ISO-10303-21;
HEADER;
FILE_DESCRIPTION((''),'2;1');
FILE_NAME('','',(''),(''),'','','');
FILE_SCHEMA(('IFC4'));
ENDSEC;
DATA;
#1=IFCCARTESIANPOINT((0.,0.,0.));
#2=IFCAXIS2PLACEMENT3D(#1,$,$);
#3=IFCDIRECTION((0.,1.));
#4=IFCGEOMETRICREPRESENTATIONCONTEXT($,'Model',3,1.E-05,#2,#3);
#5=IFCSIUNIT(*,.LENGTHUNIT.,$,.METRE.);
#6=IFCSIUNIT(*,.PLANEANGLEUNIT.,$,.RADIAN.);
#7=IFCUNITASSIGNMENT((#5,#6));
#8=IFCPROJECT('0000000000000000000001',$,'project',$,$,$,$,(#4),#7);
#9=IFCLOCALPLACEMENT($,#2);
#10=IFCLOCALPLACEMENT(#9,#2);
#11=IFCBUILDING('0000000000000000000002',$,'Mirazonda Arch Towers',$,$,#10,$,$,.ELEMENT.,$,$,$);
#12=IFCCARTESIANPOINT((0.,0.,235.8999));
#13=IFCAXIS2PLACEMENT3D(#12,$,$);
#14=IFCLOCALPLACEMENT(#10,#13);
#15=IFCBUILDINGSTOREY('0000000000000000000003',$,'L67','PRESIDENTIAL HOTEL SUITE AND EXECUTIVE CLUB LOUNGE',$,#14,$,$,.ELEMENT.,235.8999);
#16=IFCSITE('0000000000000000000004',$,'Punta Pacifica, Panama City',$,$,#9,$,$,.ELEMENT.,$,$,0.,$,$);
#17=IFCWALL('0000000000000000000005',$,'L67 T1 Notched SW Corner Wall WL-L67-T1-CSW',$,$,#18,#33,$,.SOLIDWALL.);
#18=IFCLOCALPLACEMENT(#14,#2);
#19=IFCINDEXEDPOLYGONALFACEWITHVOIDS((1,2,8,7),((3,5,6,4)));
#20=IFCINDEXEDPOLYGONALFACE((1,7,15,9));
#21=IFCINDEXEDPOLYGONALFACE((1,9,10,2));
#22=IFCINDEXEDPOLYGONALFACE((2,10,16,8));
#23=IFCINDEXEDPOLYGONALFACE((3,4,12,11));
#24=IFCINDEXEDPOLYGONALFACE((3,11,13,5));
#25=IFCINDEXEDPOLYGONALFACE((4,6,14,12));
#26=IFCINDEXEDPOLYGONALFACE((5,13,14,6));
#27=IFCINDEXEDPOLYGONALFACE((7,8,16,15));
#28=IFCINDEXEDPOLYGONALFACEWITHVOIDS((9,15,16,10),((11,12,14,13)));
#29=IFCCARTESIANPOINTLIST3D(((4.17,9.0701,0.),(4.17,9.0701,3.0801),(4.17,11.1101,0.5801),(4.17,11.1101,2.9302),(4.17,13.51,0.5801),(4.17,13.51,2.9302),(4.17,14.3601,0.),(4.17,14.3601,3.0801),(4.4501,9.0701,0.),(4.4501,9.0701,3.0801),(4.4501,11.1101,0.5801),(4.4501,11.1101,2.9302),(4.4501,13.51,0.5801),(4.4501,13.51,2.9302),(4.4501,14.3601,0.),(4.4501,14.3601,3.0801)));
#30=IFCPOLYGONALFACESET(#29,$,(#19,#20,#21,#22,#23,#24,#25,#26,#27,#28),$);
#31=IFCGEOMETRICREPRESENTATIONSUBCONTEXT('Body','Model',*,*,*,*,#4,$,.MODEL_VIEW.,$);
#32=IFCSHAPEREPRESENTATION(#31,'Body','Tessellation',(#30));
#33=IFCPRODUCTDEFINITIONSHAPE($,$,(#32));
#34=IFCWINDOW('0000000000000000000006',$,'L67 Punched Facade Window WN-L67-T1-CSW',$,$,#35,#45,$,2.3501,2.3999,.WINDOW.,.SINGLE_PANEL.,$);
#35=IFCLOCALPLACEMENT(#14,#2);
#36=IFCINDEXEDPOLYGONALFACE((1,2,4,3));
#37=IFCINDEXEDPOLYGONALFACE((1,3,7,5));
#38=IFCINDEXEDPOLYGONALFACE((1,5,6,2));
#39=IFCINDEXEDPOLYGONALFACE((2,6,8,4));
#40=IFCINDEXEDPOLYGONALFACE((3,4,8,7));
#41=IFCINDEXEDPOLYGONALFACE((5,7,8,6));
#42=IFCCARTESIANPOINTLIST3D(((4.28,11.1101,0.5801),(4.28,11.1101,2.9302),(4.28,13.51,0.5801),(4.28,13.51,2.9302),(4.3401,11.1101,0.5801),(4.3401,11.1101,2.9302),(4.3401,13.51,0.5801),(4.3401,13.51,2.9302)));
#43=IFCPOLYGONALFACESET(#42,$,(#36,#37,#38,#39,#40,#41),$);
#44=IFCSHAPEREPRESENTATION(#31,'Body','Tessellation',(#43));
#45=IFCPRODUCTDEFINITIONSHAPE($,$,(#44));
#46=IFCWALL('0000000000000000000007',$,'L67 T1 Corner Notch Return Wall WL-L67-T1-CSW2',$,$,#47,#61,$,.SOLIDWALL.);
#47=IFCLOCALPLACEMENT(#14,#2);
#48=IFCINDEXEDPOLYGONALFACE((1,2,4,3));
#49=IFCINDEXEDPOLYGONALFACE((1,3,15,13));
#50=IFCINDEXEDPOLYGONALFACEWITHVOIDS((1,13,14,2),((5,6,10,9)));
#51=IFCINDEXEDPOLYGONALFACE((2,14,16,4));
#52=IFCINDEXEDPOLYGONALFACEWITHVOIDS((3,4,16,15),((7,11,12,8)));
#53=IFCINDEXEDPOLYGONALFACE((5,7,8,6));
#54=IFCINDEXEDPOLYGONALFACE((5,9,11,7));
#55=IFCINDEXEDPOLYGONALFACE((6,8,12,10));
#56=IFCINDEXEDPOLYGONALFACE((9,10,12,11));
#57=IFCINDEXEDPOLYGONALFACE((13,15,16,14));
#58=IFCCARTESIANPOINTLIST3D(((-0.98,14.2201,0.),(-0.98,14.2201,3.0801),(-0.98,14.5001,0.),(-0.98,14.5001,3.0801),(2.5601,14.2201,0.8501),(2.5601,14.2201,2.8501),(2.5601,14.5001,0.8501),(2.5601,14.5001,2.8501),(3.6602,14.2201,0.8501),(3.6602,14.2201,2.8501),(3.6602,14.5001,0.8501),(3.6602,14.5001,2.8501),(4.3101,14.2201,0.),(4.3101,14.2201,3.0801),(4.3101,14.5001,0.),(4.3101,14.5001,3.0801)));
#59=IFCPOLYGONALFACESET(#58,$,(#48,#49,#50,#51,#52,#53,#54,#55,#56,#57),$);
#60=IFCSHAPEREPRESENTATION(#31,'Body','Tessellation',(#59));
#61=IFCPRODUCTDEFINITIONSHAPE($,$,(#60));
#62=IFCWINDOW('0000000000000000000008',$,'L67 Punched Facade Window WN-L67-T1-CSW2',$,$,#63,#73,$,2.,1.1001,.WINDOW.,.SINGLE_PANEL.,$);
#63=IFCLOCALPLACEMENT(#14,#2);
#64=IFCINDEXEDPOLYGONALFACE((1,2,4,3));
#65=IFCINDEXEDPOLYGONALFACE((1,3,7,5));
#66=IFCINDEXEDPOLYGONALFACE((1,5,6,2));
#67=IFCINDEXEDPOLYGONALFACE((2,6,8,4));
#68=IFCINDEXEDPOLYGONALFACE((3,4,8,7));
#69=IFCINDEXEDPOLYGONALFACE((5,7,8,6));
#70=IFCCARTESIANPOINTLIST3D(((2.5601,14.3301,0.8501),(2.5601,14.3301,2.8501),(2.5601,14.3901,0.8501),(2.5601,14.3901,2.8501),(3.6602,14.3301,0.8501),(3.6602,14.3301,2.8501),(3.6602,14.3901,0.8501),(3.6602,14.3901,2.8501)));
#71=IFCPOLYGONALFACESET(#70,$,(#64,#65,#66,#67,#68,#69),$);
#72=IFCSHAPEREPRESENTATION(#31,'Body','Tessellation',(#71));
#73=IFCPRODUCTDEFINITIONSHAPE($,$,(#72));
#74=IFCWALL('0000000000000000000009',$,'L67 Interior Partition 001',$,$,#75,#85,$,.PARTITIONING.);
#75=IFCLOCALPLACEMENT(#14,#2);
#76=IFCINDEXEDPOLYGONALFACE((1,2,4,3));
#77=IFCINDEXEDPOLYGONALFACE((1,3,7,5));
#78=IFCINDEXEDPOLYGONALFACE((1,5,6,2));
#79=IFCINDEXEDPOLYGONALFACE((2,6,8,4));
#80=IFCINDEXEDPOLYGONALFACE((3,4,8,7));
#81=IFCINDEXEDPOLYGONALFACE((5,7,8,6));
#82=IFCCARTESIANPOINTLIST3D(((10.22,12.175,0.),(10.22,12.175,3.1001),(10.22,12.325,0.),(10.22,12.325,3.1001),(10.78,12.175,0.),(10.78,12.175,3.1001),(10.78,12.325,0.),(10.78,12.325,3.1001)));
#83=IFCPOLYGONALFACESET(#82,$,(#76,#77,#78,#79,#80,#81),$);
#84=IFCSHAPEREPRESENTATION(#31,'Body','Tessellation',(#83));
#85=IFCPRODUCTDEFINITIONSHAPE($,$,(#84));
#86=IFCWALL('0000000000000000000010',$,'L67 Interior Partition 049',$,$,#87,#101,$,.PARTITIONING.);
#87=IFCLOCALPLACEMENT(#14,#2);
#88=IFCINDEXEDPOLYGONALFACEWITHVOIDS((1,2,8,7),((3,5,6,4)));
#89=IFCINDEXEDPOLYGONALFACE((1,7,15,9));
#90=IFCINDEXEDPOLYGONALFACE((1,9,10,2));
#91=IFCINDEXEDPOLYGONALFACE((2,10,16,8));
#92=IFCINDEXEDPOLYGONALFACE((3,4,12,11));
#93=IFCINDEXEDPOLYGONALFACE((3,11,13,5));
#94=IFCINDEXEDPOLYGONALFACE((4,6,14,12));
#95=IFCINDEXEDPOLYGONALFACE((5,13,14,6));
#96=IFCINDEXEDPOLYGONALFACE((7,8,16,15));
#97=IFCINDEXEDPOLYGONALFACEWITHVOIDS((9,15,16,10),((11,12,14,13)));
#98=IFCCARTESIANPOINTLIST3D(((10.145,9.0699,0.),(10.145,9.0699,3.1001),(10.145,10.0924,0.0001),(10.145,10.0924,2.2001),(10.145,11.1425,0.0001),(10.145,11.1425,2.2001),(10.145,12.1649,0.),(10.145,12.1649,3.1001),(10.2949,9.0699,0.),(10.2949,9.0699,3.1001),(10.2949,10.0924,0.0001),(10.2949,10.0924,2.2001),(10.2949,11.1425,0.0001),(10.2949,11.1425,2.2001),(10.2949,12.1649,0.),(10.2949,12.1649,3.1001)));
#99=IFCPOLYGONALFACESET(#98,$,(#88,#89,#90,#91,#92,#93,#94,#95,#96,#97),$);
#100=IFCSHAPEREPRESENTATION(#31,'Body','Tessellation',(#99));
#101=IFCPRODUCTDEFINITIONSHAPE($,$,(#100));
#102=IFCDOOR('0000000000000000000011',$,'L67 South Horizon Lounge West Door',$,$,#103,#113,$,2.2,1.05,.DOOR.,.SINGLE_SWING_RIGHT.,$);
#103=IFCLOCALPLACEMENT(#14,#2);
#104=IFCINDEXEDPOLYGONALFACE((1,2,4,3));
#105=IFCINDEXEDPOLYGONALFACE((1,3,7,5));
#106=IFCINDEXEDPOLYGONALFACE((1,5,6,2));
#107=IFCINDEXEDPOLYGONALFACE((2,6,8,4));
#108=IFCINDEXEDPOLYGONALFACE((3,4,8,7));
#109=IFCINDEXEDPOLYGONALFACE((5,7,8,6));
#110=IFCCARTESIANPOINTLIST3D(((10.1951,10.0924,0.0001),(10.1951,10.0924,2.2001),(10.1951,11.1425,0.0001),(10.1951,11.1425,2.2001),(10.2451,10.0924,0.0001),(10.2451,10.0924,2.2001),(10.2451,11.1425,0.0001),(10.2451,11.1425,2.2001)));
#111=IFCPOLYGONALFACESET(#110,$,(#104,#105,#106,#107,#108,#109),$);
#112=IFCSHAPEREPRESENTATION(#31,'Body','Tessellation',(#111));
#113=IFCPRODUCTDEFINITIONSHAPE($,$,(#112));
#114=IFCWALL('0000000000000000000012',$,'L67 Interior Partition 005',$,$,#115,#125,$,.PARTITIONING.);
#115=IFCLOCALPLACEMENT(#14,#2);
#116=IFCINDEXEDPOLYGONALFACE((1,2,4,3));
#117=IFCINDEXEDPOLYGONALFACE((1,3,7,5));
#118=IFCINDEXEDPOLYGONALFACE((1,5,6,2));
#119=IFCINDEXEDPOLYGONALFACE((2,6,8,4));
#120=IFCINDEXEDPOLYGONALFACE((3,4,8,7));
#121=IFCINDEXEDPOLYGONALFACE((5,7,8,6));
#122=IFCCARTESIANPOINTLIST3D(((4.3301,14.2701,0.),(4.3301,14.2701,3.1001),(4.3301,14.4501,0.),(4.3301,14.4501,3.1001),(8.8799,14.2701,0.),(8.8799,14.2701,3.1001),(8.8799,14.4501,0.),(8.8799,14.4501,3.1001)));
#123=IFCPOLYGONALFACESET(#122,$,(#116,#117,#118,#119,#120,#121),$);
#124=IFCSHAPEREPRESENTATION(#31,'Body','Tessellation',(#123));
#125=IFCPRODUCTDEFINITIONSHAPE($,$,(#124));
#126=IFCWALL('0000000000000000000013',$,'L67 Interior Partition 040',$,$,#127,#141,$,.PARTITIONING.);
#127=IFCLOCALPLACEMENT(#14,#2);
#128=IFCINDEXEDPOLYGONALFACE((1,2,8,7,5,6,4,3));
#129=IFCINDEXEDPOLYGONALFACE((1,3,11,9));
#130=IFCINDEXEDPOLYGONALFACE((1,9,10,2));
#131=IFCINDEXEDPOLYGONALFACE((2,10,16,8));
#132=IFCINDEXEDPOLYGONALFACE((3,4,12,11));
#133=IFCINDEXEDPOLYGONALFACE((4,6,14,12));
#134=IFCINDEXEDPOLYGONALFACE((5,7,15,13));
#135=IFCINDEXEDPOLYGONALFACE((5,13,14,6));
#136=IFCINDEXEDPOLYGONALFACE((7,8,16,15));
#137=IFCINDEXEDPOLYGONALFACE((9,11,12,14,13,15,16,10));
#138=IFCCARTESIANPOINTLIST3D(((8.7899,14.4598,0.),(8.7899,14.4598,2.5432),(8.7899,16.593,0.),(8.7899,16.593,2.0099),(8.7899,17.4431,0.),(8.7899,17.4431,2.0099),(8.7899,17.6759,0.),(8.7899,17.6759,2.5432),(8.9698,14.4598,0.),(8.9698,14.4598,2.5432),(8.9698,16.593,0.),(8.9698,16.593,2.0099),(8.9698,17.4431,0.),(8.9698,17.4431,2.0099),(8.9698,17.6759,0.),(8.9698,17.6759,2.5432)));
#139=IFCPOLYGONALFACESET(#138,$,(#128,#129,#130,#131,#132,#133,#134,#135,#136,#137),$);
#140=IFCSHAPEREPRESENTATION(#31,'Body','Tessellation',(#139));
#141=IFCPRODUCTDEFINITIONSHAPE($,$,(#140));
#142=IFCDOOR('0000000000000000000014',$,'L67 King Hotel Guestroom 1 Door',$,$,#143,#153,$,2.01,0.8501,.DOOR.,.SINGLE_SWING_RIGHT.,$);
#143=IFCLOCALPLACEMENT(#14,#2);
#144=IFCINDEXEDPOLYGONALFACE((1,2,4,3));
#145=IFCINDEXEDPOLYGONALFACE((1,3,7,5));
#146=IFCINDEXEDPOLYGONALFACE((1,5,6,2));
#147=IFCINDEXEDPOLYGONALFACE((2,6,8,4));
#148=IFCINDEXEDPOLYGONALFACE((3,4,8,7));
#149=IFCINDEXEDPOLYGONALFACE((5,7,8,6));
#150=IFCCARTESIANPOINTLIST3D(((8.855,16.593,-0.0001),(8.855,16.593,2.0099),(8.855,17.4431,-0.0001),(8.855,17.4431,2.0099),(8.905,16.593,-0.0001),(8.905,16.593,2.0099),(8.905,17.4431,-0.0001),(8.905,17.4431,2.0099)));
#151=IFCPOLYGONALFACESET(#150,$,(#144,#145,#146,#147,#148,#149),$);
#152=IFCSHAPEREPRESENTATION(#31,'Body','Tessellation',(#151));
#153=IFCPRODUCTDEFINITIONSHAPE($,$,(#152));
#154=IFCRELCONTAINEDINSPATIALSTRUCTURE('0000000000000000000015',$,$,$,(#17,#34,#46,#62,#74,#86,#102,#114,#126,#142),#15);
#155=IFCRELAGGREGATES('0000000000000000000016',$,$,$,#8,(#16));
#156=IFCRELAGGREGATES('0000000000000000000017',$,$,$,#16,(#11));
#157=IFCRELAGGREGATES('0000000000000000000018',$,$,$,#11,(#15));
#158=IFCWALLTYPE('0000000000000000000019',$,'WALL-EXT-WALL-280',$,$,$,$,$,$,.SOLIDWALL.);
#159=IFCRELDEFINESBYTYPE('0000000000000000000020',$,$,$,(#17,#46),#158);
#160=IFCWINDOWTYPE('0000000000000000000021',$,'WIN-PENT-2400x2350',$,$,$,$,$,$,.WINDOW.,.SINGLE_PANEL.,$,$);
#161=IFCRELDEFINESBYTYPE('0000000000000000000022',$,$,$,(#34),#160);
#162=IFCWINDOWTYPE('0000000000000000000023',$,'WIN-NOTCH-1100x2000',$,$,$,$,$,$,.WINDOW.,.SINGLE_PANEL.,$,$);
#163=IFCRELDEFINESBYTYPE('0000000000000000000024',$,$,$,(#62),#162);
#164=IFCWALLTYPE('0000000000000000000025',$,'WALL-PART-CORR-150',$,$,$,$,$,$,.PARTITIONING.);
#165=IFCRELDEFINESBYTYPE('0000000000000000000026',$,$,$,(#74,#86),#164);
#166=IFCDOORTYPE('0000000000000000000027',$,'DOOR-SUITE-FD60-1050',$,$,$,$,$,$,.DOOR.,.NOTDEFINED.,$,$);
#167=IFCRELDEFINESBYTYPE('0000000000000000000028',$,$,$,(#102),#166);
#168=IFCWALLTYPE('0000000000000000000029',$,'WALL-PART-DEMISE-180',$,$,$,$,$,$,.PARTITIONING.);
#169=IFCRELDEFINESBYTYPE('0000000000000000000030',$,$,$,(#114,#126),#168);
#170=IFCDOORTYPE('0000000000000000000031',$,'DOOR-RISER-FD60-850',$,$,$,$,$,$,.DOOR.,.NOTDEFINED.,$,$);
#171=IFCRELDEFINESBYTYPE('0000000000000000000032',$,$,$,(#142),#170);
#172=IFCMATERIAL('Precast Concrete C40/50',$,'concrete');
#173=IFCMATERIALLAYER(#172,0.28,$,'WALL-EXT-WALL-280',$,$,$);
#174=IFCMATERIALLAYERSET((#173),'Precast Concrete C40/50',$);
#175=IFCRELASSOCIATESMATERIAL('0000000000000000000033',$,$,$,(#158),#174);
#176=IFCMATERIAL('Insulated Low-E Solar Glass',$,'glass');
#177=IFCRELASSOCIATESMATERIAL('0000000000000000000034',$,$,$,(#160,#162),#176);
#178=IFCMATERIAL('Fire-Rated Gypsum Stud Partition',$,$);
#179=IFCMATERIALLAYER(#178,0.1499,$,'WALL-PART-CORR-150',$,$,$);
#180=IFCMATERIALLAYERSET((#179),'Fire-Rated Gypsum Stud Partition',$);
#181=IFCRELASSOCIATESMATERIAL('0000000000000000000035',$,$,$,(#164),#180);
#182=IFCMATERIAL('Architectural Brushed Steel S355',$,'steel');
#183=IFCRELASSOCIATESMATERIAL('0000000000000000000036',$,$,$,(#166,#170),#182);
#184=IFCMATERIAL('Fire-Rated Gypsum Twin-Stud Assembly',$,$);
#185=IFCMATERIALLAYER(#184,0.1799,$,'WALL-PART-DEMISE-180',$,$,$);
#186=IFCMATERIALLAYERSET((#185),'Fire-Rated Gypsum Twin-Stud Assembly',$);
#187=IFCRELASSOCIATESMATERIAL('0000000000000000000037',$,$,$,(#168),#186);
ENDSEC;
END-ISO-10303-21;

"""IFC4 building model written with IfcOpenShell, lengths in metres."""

from ifc_helpers import new_model, si_unit, direction, frame, frame_2d, origin, place, context, subcontext, project, spatial, rectangle, extrude, material, layer, layer_set, type_object, element, fill, save


model = new_model("IFC4")

# Units and contexts
model_context = context("Model", 3, precision=1e-05, world=origin(), true_north=direction((0.0, 1.0)))
body_context = subcontext(model_context, "Body", "Model", "MODEL_VIEW")
ifc_project = project(units=[si_unit("LENGTHUNIT", "METRE"), si_unit("PLANEANGLEUNIT", "RADIAN")], contexts=[model_context])

# Site, building, storey
site_placement = place(None, origin())
site = spatial("IfcSite", under=ifc_project, at=site_placement, Name="Punta Pacifica, Panama City", CompositionType="ELEMENT", RefElevation=0.0)
building_placement = place(site_placement, origin())
building = spatial("IfcBuilding", under=site, at=building_placement, Name="Mirazonda Arch Towers", CompositionType="ELEMENT")
storey_placement = place(building_placement, frame((0.0, 0.0, 235.8999)))
storey = spatial("IfcBuildingStorey", under=building, at=storey_placement, Name="L67", Description="PRESIDENTIAL HOTEL SUITE AND EXECUTIVE CLUB LOUNGE", CompositionType="ELEMENT", Elevation=235.8999)

# Shared definitions
ifc_material_1 = material(Name="Insulated Low-E Solar Glass", Category="glass")

# Walls, openings, windows
ifc_material_2 = material(Name="Precast Concrete C40/50", Category="concrete")
ifc_layer_1 = layer(ifc_material_2, 0.28, Name="WALL-EXT-WALL-280")
ifc_layer_set_1 = layer_set([ifc_layer_1], Name="Precast Concrete C40/50")
wall_type_1 = type_object("IfcWallType", Name="WALL-EXT-WALL-280", PredefinedType="SOLIDWALL", material=ifc_layer_set_1)
wall_1_placement = place(storey_placement, frame((4.3101, 14.3601, 0.0), z_axis=(0.0, 0.0, 1.0), x_axis=(0.0, -1.0, 0.0)))
wall_1 = element("IfcWall", 1, at=wall_1_placement, inside=storey, type_object=wall_type_1, Name="L67 T1 Notched SW Corner Wall WL-L67-T1-CSW", PredefinedType="SOLIDWALL", context=body_context, shape_type="SweptSolid", body=[
    extrude(rectangle(XDim=5.29, YDim=0.28, at=frame_2d((2.645, 0.0))), origin(), (0.0, 0.0, 1.0), 3.0801),
])
opening_1_placement = place(wall_1_placement, frame((0.8501, 0.0, 0.5801)))
opening_1 = element("IfcOpeningElement", 2, at=opening_1_placement, cuts=wall_1, PredefinedType="OPENING", context=body_context, shape_type="SweptSolid", body=[
    extrude(rectangle(XDim=2.3999, YDim=2.3501, at=frame_2d((1.2, 1.175))), frame((0.0, 0.1499, 0.0), z_axis=(0.0, -1.0, 0.0), x_axis=(1.0, 0.0, 0.0)), (0.0, 0.0, 1.0), 0.3),
])
window_type_1 = type_object("IfcWindowType", Name="WIN-PENT-2400x2350", PartitioningType="SINGLE_PANEL", PredefinedType="WINDOW", material=ifc_material_1)
window_1_placement = place(opening_1_placement, origin())
window_1 = element("IfcWindow", 3, at=window_1_placement, inside=storey, type_object=window_type_1, Name="L67 Punched Facade Window WN-L67-T1-CSW", OverallHeight=2.3501, OverallWidth=2.3999, PartitioningType="SINGLE_PANEL", PredefinedType="WINDOW", context=body_context, shape_type="SweptSolid", body=[
    extrude(rectangle(XDim=2.3999, YDim=2.3501, at=frame_2d((1.2, 1.175))), frame((0.0, 0.03, 0.0), z_axis=(0.0, -1.0, 0.0), x_axis=(1.0, 0.0, 0.0)), (0.0, 0.0, 1.0), 0.0601),
])
fill(opening_1, window_1)
wall_2_placement = place(storey_placement, frame((-0.98, 14.3601, 0.0), z_axis=(0.0, 0.0, 1.0), x_axis=(1.0, 0.0, 0.0)))
wall_2 = element("IfcWall", 4, at=wall_2_placement, inside=storey, type_object=wall_type_1, Name="L67 T1 Corner Notch Return Wall WL-L67-T1-CSW2", PredefinedType="SOLIDWALL", context=body_context, shape_type="SweptSolid", body=[
    extrude(rectangle(XDim=5.29, YDim=0.28, at=frame_2d((2.645, 0.0))), origin(), (0.0, 0.0, 1.0), 3.0801),
])
opening_2_placement = place(wall_2_placement, frame((3.54, 0.0, 0.8501)))
opening_2 = element("IfcOpeningElement", 5, at=opening_2_placement, cuts=wall_2, PredefinedType="OPENING", context=body_context, shape_type="SweptSolid", body=[
    extrude(rectangle(XDim=1.1001, YDim=2.0, at=frame_2d((0.55, 1.0))), frame((0.0, 0.1499, 0.0), z_axis=(0.0, -1.0, 0.0), x_axis=(1.0, 0.0, 0.0)), (0.0, 0.0, 1.0), 0.3),
])
window_type_2 = type_object("IfcWindowType", Name="WIN-NOTCH-1100x2000", PartitioningType="SINGLE_PANEL", PredefinedType="WINDOW", material=ifc_material_1)
window_2_placement = place(opening_2_placement, origin())
window_2 = element("IfcWindow", 6, at=window_2_placement, inside=storey, type_object=window_type_2, Name="L67 Punched Facade Window WN-L67-T1-CSW2", OverallHeight=2.0, OverallWidth=1.1001, PartitioningType="SINGLE_PANEL", PredefinedType="WINDOW", context=body_context, shape_type="SweptSolid", body=[
    extrude(rectangle(XDim=1.1001, YDim=2.0, at=frame_2d((0.55, 1.0))), frame((0.0, 0.03, 0.0), z_axis=(0.0, -1.0, 0.0), x_axis=(1.0, 0.0, 0.0)), (0.0, 0.0, 1.0), 0.0601),
])
fill(opening_2, window_2)

# Wall
ifc_material_3 = material(Name="Fire-Rated Gypsum Stud Partition")
ifc_layer_2 = layer(ifc_material_3, 0.1499, Name="WALL-PART-CORR-150")
ifc_layer_set_2 = layer_set([ifc_layer_2], Name="Fire-Rated Gypsum Stud Partition")
wall_type_2 = type_object("IfcWallType", Name="WALL-PART-CORR-150", PredefinedType="PARTITIONING", material=ifc_layer_set_2)
wall_3_placement = place(storey_placement, frame((10.22, 12.25, 0.0), z_axis=(0.0, 0.0, 1.0), x_axis=(1.0, 0.0, 0.0)))
element("IfcWall", 7, at=wall_3_placement, inside=storey, type_object=wall_type_2, Name="L67 Interior Partition 001", PredefinedType="PARTITIONING", context=body_context, shape_type="SweptSolid", body=[
    extrude(rectangle(XDim=0.5601, YDim=0.1499, at=frame_2d((0.28, 0.0))), origin(), (0.0, 0.0, 1.0), 3.1001),
])

# Wall, opening, door
wall_4_placement = place(storey_placement, frame((10.22, 9.0701, 0.0), z_axis=(0.0, 0.0, 1.0), x_axis=(0.0, 1.0, 0.0)))
wall_4 = element("IfcWall", 8, at=wall_4_placement, inside=storey, type_object=wall_type_2, Name="L67 Interior Partition 049", PredefinedType="PARTITIONING", context=body_context, shape_type="SweptSolid", body=[
    extrude(rectangle(XDim=3.095, YDim=0.1499, at=frame_2d((1.5474, 0.0))), origin(), (0.0, 0.0, 1.0), 3.1001),
])
opening_3_placement = place(wall_4_placement, frame((1.0225, 0.0, 0.0)))
opening_3 = element("IfcOpeningElement", 9, at=opening_3_placement, cuts=wall_4, PredefinedType="OPENING", context=body_context, shape_type="SweptSolid", body=[
    extrude(rectangle(XDim=1.05, YDim=2.2, at=frame_2d((0.5249, 1.1001))), frame((0.0, 0.085, 0.0), z_axis=(0.0, -1.0, 0.0), x_axis=(1.0, 0.0, 0.0)), (0.0, 0.0, 1.0), 0.1699),
])
ifc_material_4 = material(Name="Architectural Brushed Steel S355", Category="steel")
door_type_1 = type_object("IfcDoorType", Name="DOOR-SUITE-FD60-1050", OperationType="NOTDEFINED", PredefinedType="DOOR", material=ifc_material_4)
door_1_placement = place(opening_3_placement, origin())
door_1 = element("IfcDoor", 10, at=door_1_placement, inside=storey, type_object=door_type_1, Name="L67 South Horizon Lounge West Door", OperationType="SINGLE_SWING_RIGHT", OverallHeight=2.2, OverallWidth=1.05, PredefinedType="DOOR", context=body_context, shape_type="SweptSolid", body=[
    extrude(rectangle(XDim=1.05, YDim=2.2, at=frame_2d((0.5249, 1.1001))), frame((0.0, 0.0249, 0.0), z_axis=(0.0, -1.0, 0.0), x_axis=(1.0, 0.0, 0.0)), (0.0, 0.0, 1.0), 0.05),
])
fill(opening_3, door_1)

# Wall
ifc_material_5 = material(Name="Fire-Rated Gypsum Twin-Stud Assembly")
ifc_layer_3 = layer(ifc_material_5, 0.1799, Name="WALL-PART-DEMISE-180")
ifc_layer_set_3 = layer_set([ifc_layer_3], Name="Fire-Rated Gypsum Twin-Stud Assembly")
wall_type_3 = type_object("IfcWallType", Name="WALL-PART-DEMISE-180", PredefinedType="PARTITIONING", material=ifc_layer_set_3)
wall_5_placement = place(storey_placement, frame((4.3301, 14.3601, 0.0), z_axis=(0.0, 0.0, 1.0), x_axis=(1.0, 0.0, 0.0)))
element("IfcWall", 11, at=wall_5_placement, inside=storey, type_object=wall_type_3, Name="L67 Interior Partition 005", PredefinedType="PARTITIONING", context=body_context, shape_type="SweptSolid", body=[
    extrude(rectangle(XDim=4.5498, YDim=0.1799, at=frame_2d((2.2749, 0.0))), origin(), (0.0, 0.0, 1.0), 3.1001),
])

# Wall, opening, door
wall_6_placement = place(storey_placement, frame((8.8799, 14.46, 0.0), z_axis=(0.0, 0.0, 1.0), x_axis=(0.0, 1.0, 0.0)))
wall_6 = element("IfcWall", 12, at=wall_6_placement, inside=storey, type_object=wall_type_3, Name="L67 Interior Partition 040", PredefinedType="PARTITIONING", context=body_context, shape_type="SweptSolid", body=[
    extrude(rectangle(XDim=3.2161, YDim=0.1799, at=frame_2d((1.6079, 0.0))), origin(), (0.0, 0.0, 1.0), 2.5432),
])
opening_4_placement = place(wall_6_placement, frame((2.1331, 0.0, 0.0)))
opening_4 = element("IfcOpeningElement", 13, at=opening_4_placement, cuts=wall_6, PredefinedType="OPENING", context=body_context, shape_type="SweptSolid", body=[
    extrude(rectangle(XDim=0.8501, YDim=2.01, at=frame_2d((0.425, 1.0049))), frame((0.0, 0.0999, 0.0), z_axis=(0.0, -1.0, 0.0), x_axis=(1.0, 0.0, 0.0)), (0.0, 0.0, 1.0), 0.2),
])
door_type_2 = type_object("IfcDoorType", Name="DOOR-RISER-FD60-850", OperationType="NOTDEFINED", PredefinedType="DOOR", material=ifc_material_4)
door_2_placement = place(opening_4_placement, origin())
door_2 = element("IfcDoor", 14, at=door_2_placement, inside=storey, type_object=door_type_2, Name="L67 King Hotel Guestroom 1 Door", OperationType="SINGLE_SWING_RIGHT", OverallHeight=2.01, OverallWidth=0.8501, PredefinedType="DOOR", context=body_context, shape_type="SweptSolid", body=[
    extrude(rectangle(XDim=0.8501, YDim=2.01, at=frame_2d((0.425, 1.0049))), frame((0.0, 0.0249, 0.0), z_axis=(0.0, -1.0, 0.0), x_axis=(1.0, 0.0, 0.0)), (0.0, 0.0, 1.0), 0.05),
])
fill(opening_4, door_2)

save(model, "model.ifc")
